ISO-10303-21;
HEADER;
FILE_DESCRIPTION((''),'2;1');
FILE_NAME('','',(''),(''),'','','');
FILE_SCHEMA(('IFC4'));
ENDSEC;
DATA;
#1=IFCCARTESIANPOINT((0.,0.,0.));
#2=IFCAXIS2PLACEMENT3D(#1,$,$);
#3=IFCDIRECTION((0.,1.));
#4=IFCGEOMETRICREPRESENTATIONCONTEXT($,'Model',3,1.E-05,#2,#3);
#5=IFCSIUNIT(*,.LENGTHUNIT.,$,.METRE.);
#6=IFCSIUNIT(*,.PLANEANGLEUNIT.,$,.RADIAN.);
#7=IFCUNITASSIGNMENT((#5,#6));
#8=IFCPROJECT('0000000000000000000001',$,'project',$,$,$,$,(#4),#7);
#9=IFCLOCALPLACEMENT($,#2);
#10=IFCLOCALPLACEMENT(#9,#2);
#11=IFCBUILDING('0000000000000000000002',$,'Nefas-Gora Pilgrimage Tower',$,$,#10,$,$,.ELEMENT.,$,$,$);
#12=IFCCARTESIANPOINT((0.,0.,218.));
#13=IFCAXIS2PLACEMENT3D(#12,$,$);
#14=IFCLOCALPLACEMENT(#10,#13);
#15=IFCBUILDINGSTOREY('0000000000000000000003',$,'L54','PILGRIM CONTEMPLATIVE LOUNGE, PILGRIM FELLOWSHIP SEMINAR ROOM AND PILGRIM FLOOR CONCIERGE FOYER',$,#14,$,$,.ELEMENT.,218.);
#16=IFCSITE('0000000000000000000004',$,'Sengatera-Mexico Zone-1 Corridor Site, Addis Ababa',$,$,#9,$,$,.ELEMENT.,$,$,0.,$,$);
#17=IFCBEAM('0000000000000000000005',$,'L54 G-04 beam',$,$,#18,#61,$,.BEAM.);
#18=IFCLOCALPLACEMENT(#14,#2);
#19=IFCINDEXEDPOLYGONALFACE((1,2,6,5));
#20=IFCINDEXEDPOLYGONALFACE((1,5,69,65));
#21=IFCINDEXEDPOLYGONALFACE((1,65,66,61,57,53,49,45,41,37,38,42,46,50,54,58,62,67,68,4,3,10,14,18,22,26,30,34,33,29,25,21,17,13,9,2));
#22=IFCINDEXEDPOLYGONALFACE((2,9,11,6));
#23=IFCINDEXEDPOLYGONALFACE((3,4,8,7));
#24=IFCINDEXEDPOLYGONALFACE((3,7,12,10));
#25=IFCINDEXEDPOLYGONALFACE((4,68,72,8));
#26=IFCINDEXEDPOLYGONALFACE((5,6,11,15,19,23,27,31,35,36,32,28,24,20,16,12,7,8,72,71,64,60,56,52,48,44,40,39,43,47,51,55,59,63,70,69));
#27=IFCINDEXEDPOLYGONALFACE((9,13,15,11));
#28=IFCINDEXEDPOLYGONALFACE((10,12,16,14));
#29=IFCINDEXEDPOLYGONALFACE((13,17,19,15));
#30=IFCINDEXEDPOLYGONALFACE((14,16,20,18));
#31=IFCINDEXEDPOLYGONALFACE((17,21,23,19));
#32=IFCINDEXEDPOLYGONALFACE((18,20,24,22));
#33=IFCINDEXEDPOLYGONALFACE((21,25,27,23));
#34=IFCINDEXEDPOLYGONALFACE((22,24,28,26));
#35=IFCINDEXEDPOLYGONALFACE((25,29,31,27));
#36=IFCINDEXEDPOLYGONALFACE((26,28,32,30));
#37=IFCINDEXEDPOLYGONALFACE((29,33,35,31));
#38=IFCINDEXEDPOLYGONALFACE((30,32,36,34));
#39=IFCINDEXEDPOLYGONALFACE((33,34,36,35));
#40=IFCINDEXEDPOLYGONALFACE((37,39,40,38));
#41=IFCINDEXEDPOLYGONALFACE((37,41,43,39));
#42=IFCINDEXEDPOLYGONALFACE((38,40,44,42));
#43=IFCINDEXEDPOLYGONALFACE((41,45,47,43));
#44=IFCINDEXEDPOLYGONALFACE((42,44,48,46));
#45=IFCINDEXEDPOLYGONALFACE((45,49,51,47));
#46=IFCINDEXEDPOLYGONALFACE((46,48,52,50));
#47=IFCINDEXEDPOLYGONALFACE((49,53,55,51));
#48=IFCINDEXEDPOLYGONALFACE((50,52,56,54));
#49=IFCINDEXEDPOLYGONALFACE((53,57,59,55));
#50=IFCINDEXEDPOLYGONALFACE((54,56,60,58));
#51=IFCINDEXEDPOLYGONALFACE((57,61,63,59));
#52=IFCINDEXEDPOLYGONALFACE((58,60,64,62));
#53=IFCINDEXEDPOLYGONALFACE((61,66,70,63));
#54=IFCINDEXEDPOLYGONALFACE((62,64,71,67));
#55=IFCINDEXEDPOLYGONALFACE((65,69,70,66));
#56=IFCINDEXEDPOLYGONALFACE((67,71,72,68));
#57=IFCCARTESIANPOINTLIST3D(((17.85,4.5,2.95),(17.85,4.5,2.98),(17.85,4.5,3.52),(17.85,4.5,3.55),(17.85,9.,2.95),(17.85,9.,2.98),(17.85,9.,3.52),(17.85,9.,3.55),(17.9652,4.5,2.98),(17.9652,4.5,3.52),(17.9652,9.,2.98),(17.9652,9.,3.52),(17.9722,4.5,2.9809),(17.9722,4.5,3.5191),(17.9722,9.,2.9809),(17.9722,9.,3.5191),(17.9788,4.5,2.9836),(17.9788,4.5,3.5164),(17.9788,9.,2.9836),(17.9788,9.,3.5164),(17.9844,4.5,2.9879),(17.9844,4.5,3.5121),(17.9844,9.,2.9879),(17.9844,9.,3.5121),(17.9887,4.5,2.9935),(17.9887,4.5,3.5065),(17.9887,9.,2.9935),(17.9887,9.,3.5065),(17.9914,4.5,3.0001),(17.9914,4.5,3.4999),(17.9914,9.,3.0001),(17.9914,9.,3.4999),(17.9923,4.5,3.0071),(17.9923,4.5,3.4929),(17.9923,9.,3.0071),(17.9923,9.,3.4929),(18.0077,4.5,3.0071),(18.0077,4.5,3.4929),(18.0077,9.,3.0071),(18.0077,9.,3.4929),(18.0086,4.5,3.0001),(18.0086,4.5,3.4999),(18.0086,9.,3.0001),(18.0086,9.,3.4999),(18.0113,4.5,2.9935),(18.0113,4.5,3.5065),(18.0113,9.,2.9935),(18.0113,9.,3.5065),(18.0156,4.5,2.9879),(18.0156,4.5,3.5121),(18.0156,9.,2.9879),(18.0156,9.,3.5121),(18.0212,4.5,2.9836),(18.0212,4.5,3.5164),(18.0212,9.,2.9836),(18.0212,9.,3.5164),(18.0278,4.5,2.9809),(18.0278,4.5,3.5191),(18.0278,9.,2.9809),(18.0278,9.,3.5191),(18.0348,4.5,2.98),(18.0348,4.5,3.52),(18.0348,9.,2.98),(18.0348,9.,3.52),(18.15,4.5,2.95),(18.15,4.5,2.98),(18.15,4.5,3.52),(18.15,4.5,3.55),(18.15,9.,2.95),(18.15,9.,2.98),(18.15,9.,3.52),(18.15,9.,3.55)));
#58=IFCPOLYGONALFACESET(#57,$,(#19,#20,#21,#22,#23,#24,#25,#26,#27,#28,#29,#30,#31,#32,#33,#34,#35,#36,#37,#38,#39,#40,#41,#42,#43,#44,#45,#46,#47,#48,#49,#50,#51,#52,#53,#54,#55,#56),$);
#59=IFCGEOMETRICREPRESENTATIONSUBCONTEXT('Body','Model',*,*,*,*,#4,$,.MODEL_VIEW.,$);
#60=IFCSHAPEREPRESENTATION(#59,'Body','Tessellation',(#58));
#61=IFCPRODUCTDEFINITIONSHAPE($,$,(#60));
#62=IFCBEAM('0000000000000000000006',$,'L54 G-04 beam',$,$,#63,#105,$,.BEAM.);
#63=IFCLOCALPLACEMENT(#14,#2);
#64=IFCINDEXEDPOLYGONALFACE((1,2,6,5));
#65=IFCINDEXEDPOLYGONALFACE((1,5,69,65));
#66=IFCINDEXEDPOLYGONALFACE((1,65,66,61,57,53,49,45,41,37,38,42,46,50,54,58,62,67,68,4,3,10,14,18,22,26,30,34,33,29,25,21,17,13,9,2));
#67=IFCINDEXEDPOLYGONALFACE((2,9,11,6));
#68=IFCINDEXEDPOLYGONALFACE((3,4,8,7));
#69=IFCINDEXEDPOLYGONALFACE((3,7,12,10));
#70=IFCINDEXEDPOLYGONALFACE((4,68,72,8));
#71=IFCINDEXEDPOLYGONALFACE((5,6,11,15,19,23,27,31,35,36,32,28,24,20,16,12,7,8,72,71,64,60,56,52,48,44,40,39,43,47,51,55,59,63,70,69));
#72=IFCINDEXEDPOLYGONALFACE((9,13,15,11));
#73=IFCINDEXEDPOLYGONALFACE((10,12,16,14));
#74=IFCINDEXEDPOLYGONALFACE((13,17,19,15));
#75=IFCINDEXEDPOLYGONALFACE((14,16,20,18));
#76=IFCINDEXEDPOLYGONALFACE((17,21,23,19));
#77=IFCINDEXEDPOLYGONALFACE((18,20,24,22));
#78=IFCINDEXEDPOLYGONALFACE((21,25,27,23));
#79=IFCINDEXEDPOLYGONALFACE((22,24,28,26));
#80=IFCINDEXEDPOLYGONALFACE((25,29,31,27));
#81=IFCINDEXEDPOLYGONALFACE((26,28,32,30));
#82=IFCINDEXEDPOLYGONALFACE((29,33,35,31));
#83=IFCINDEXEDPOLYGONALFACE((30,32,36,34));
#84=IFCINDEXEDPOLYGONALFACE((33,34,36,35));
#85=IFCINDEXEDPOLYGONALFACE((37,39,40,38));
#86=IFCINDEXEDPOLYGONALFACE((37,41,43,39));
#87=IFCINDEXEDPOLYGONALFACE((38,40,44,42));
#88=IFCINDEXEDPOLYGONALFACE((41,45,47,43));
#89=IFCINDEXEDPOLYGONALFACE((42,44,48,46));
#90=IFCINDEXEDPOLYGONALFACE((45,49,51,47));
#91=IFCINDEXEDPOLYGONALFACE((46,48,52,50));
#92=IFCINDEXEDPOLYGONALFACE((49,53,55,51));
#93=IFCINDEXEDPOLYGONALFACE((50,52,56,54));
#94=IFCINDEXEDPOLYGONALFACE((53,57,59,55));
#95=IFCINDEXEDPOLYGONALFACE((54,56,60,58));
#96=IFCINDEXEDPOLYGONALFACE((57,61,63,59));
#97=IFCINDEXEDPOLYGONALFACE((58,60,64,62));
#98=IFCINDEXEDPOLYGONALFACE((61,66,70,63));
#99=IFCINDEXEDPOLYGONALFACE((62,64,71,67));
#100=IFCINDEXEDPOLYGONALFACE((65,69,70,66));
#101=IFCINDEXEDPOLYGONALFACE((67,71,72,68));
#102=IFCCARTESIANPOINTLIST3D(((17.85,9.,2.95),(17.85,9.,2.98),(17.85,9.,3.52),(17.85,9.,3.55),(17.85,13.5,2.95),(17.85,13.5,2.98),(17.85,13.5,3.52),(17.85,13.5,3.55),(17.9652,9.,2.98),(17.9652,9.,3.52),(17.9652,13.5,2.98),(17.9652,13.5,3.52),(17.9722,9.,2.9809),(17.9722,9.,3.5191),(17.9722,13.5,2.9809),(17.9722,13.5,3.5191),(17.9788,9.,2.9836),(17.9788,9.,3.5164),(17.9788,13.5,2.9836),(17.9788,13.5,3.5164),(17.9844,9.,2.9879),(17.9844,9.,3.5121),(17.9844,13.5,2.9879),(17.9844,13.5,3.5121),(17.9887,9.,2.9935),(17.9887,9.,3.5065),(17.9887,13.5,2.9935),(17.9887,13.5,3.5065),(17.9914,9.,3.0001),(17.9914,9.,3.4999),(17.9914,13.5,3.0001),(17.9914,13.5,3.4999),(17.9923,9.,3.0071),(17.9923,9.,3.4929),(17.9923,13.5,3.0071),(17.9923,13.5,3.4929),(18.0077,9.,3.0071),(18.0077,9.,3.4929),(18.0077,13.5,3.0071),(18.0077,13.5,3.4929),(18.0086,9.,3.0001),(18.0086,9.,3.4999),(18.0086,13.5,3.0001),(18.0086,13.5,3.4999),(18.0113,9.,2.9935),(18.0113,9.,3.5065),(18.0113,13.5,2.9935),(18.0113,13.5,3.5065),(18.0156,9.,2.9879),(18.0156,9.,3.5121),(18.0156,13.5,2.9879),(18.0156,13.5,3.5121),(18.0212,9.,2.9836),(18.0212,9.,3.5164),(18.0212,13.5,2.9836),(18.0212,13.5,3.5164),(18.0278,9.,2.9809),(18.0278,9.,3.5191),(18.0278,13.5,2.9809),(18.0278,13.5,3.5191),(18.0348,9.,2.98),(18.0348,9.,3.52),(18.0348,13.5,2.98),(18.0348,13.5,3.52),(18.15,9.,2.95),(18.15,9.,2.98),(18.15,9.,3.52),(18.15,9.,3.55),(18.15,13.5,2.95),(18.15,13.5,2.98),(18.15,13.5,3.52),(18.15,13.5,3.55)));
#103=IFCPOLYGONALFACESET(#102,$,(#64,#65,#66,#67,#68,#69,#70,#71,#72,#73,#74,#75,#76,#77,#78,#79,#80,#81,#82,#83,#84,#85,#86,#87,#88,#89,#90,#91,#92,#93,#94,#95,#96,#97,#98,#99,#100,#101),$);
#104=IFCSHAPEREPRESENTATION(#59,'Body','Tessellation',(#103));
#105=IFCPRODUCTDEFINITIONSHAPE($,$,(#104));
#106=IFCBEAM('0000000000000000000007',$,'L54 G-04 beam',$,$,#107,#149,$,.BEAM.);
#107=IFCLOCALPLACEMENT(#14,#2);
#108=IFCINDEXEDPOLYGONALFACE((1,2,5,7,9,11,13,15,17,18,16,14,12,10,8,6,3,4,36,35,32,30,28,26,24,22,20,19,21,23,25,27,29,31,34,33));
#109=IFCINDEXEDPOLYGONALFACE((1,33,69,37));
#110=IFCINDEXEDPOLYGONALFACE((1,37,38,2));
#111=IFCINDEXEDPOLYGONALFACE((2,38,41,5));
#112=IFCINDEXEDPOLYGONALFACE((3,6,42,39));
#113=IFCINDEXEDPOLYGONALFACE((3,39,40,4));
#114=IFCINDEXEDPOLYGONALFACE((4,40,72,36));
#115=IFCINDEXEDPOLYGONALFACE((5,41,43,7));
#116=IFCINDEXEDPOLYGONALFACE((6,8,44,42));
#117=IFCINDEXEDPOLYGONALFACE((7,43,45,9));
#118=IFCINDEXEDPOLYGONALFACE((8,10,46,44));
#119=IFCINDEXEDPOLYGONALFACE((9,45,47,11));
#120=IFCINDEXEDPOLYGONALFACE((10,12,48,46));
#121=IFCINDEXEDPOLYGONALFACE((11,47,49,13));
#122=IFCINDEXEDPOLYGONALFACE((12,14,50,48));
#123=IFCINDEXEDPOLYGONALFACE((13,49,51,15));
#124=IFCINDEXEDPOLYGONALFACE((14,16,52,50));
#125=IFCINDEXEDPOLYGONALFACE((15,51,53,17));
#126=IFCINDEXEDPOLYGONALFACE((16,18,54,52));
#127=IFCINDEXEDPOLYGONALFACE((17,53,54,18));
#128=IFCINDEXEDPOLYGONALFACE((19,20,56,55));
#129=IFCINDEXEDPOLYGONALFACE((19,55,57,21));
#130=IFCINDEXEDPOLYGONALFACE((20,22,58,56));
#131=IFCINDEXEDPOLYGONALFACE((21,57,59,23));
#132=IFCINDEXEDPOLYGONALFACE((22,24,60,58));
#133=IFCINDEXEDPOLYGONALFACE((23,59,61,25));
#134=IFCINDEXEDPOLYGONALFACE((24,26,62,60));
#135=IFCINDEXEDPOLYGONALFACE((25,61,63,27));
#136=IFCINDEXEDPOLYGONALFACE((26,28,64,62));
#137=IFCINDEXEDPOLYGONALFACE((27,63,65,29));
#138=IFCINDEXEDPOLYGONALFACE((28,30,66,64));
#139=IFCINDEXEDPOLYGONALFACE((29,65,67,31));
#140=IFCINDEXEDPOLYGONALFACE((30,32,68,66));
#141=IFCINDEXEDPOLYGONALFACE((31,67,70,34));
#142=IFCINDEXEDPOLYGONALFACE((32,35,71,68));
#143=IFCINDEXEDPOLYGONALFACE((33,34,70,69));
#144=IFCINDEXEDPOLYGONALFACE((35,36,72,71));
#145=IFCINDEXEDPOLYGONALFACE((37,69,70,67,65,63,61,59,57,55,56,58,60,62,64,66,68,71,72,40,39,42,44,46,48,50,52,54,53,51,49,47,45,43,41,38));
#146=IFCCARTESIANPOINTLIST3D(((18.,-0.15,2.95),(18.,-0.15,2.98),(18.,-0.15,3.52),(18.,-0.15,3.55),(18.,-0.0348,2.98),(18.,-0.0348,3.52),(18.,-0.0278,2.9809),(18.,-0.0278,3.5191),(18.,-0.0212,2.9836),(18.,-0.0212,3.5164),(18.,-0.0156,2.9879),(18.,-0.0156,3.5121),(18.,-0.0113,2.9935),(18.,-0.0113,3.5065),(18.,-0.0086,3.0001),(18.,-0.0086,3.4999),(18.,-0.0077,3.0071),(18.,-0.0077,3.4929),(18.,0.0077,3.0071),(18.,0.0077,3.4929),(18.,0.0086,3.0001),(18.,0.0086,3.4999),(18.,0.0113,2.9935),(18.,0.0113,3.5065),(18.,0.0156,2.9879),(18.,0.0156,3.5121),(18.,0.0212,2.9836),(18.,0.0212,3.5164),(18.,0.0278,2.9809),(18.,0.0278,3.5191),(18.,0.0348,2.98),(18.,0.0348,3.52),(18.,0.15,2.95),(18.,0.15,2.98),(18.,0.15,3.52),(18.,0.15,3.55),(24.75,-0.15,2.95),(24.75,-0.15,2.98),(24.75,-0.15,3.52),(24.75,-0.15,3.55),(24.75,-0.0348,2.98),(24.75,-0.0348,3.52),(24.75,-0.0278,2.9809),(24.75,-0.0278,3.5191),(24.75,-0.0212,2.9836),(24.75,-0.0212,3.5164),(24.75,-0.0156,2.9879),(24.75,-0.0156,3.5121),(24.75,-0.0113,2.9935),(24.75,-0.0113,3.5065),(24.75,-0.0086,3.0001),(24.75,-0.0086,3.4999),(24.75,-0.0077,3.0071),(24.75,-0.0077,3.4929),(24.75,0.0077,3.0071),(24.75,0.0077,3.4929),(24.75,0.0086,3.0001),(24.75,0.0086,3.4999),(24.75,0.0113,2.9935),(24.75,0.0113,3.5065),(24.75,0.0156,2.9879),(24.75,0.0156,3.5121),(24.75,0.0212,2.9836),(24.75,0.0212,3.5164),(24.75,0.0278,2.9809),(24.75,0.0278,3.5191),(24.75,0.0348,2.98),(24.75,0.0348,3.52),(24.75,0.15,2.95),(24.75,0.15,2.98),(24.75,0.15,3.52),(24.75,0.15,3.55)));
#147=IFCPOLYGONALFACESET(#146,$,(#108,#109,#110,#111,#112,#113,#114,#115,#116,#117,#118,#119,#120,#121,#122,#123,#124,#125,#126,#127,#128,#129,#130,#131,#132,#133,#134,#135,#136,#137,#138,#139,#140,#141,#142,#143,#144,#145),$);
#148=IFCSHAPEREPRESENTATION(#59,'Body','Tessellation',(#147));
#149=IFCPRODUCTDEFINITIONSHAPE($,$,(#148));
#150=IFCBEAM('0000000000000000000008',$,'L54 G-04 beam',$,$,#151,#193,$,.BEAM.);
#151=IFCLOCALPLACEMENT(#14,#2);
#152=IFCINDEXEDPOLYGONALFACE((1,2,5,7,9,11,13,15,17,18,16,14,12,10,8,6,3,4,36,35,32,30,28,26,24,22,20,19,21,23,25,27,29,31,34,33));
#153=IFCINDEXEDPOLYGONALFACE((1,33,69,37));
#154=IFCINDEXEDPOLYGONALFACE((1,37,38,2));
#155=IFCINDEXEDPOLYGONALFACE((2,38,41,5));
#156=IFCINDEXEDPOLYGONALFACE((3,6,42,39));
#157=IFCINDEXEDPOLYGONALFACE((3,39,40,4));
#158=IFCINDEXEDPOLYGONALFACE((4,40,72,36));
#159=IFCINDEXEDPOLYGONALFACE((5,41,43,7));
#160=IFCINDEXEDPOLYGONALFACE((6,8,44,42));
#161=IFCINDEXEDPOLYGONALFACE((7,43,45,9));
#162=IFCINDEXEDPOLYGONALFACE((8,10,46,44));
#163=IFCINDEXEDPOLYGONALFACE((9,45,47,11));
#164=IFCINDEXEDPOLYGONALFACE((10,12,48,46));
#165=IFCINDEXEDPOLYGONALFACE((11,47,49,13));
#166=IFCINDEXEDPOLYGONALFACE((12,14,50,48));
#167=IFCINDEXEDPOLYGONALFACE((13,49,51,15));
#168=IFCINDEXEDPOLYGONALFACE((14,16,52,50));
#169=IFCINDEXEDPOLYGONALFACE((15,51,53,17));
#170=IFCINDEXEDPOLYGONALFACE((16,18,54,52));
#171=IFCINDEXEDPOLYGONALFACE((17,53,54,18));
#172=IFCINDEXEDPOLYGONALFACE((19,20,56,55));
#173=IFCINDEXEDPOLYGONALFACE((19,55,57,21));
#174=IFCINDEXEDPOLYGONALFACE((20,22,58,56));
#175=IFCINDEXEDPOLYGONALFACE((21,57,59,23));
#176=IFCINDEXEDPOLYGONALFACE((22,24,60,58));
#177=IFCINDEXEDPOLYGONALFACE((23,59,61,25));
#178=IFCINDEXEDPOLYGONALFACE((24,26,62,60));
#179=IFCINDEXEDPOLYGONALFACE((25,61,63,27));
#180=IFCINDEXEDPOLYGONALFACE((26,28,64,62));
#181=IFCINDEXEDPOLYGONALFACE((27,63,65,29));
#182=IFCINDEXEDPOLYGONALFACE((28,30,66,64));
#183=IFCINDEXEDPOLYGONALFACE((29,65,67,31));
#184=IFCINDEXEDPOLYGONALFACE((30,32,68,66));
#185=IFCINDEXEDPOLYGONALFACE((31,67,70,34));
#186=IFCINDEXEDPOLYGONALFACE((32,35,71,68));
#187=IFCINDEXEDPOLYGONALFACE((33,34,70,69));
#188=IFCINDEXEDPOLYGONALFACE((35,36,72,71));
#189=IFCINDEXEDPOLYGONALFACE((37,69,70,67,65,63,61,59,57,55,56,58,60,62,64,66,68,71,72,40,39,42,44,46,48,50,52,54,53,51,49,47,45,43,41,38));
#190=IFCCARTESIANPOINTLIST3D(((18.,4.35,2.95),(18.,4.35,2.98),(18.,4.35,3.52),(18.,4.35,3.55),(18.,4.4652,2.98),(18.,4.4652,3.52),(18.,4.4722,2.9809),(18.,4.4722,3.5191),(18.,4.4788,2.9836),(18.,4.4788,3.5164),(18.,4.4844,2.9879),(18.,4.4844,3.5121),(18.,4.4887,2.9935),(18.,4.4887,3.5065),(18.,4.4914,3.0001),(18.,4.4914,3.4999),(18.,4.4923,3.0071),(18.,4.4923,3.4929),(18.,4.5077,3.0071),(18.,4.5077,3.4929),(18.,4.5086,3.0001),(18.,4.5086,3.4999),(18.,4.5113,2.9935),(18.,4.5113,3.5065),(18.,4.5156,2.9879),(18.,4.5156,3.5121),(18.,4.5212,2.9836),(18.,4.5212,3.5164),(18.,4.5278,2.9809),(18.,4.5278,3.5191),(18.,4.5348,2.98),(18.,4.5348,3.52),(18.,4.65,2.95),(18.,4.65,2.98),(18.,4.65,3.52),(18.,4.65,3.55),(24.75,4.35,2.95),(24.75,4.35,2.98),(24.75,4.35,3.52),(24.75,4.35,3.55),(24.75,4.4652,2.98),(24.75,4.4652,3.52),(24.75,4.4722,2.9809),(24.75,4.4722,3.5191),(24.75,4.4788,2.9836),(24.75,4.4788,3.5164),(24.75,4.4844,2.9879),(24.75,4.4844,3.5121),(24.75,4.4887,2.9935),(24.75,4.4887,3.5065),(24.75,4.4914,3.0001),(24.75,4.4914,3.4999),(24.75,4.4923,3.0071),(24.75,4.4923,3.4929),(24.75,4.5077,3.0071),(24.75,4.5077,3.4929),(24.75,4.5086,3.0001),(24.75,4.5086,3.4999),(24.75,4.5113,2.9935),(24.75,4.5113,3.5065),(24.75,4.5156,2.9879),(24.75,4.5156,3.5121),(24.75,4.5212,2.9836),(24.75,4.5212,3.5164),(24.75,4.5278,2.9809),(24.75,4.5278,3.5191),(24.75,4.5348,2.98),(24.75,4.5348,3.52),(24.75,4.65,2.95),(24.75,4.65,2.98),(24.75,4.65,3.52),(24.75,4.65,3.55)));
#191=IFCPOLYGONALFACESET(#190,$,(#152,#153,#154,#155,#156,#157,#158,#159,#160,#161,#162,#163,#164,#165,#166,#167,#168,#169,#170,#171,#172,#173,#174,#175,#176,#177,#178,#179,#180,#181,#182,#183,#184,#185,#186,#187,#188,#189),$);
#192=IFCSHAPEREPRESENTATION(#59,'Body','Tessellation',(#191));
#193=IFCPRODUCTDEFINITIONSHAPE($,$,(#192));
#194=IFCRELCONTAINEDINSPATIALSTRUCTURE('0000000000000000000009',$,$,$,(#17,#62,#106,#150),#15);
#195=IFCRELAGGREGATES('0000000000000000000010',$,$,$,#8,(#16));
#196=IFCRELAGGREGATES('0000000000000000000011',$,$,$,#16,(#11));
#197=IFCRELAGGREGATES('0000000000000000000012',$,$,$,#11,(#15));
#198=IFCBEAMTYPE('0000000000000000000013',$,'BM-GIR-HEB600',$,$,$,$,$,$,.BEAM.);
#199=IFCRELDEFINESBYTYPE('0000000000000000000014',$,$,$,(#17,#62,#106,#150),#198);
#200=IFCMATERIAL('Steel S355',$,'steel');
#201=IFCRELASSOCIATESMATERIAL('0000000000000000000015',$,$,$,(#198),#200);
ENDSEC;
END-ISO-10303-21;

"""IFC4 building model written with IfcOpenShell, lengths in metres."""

from ifc_helpers import new_model, si_unit, direction, frame, origin, origin_2d, place, context, subcontext, project, spatial, i_section, extrude, source, transform, mapped, material, material_profile, profile_set, type_object, element, save


model = new_model("IFC4")

# Units and contexts
model_context = context("Model", 3, precision=1e-05, world=origin(), true_north=direction((0.0, 1.0)))
body_context = subcontext(model_context, "Body", "Model", "MODEL_VIEW")
ifc_project = project(units=[si_unit("LENGTHUNIT", "METRE"), si_unit("PLANEANGLEUNIT", "RADIAN")], contexts=[model_context])

# Site, building, storey
site_placement = place(None, origin())
site = spatial("IfcSite", under=ifc_project, at=site_placement, Name="Sengatera-Mexico Zone-1 Corridor Site, Addis Ababa", CompositionType="ELEMENT", RefElevation=0.0)
building_placement = place(site_placement, origin())
building = spatial("IfcBuilding", under=site, at=building_placement, Name="Nefas-Gora Pilgrimage Tower", CompositionType="ELEMENT")
storey_placement = place(building_placement, frame((0.0, 0.0, 218.0)))
storey = spatial("IfcBuildingStorey", under=building, at=storey_placement, Name="L54", Description="PILGRIM CONTEMPLATIVE LOUNGE, PILGRIM FELLOWSHIP SEMINAR ROOM AND PILGRIM FLOOR CONCIERGE FOYER", CompositionType="ELEMENT", Elevation=218.0)

# Beams
ifc_material_1 = material(Name="Steel S355", Category="steel")
ifc_material_profile_1 = material_profile(ifc_material_1, i_section(OverallWidth=0.3, OverallDepth=0.6001, WebThickness=0.0154, FlangeThickness=0.03, FilletRadius=0.0271, at=origin_2d()), Name="HEB 600")
ifc_profile_set_1 = profile_set([ifc_material_profile_1], Name="Steel S355")
beam_type_1 = type_object("IfcBeamType", Name="BM-GIR-HEB600", PredefinedType="BEAM", material=ifc_profile_set_1)
shared_shape_1 = source(origin(), body_context, "Body", "SweptSolid", [
    extrude(i_section(OverallWidth=0.3, OverallDepth=0.6001, WebThickness=0.0154, FlangeThickness=0.03, FilletRadius=0.0271, at=origin_2d()), origin(), (0.0, 0.0, 1.0), 4.5),
])
for number, where, z_axis, x_axis, name in (
    (1, (18.0, 4.5, 3.25), (0.0, 1.0, 0.0), (-1.0, 0.0, 0.0), "L54 G-04 beam"),
    (2, (18.0, 9.0, 3.25), (0.0, 1.0, 0.0), (-1.0, 0.0, 0.0), "L54 G-04 beam"),
):
    element("IfcBeam", number, at=place(storey_placement, frame(where, z_axis=z_axis, x_axis=x_axis)), inside=storey, type_object=beam_type_1, Name=name, PredefinedType="BEAM", context=body_context, shape_type="MappedRepresentation", body=[
        mapped(shared_shape_1, transform((0.0, 0.0, 0.0), x_axis=(1.0, 0.0, 0.0), y_axis=(0.0, 1.0, 0.0), z_axis=(0.0, 0.0, 1.0), scale=1.0)),
    ])
shared_shape_2 = source(origin(), body_context, "Body", "SweptSolid", [
    extrude(i_section(OverallWidth=0.3, OverallDepth=0.6001, WebThickness=0.0154, FlangeThickness=0.03, FilletRadius=0.0271, at=origin_2d()), origin(), (0.0, 0.0, 1.0), 6.75),
])
for number, where, z_axis, x_axis, name in (
    (3, (18.0, 0.0, 3.25), (1.0, 0.0, 0.0), (0.0, 1.0, 0.0), "L54 G-04 beam"),
    (4, (18.0, 4.5, 3.25), (1.0, 0.0, 0.0), (0.0, 1.0, 0.0), "L54 G-04 beam"),
):
    element("IfcBeam", number, at=place(storey_placement, frame(where, z_axis=z_axis, x_axis=x_axis)), inside=storey, type_object=beam_type_1, Name=name, PredefinedType="BEAM", context=body_context, shape_type="MappedRepresentation", body=[
        mapped(shared_shape_2, transform((0.0, 0.0, 0.0), x_axis=(1.0, 0.0, 0.0), y_axis=(0.0, 1.0, 0.0), z_axis=(0.0, 0.0, 1.0), scale=1.0)),
    ])

save(model, "model.ifc")
